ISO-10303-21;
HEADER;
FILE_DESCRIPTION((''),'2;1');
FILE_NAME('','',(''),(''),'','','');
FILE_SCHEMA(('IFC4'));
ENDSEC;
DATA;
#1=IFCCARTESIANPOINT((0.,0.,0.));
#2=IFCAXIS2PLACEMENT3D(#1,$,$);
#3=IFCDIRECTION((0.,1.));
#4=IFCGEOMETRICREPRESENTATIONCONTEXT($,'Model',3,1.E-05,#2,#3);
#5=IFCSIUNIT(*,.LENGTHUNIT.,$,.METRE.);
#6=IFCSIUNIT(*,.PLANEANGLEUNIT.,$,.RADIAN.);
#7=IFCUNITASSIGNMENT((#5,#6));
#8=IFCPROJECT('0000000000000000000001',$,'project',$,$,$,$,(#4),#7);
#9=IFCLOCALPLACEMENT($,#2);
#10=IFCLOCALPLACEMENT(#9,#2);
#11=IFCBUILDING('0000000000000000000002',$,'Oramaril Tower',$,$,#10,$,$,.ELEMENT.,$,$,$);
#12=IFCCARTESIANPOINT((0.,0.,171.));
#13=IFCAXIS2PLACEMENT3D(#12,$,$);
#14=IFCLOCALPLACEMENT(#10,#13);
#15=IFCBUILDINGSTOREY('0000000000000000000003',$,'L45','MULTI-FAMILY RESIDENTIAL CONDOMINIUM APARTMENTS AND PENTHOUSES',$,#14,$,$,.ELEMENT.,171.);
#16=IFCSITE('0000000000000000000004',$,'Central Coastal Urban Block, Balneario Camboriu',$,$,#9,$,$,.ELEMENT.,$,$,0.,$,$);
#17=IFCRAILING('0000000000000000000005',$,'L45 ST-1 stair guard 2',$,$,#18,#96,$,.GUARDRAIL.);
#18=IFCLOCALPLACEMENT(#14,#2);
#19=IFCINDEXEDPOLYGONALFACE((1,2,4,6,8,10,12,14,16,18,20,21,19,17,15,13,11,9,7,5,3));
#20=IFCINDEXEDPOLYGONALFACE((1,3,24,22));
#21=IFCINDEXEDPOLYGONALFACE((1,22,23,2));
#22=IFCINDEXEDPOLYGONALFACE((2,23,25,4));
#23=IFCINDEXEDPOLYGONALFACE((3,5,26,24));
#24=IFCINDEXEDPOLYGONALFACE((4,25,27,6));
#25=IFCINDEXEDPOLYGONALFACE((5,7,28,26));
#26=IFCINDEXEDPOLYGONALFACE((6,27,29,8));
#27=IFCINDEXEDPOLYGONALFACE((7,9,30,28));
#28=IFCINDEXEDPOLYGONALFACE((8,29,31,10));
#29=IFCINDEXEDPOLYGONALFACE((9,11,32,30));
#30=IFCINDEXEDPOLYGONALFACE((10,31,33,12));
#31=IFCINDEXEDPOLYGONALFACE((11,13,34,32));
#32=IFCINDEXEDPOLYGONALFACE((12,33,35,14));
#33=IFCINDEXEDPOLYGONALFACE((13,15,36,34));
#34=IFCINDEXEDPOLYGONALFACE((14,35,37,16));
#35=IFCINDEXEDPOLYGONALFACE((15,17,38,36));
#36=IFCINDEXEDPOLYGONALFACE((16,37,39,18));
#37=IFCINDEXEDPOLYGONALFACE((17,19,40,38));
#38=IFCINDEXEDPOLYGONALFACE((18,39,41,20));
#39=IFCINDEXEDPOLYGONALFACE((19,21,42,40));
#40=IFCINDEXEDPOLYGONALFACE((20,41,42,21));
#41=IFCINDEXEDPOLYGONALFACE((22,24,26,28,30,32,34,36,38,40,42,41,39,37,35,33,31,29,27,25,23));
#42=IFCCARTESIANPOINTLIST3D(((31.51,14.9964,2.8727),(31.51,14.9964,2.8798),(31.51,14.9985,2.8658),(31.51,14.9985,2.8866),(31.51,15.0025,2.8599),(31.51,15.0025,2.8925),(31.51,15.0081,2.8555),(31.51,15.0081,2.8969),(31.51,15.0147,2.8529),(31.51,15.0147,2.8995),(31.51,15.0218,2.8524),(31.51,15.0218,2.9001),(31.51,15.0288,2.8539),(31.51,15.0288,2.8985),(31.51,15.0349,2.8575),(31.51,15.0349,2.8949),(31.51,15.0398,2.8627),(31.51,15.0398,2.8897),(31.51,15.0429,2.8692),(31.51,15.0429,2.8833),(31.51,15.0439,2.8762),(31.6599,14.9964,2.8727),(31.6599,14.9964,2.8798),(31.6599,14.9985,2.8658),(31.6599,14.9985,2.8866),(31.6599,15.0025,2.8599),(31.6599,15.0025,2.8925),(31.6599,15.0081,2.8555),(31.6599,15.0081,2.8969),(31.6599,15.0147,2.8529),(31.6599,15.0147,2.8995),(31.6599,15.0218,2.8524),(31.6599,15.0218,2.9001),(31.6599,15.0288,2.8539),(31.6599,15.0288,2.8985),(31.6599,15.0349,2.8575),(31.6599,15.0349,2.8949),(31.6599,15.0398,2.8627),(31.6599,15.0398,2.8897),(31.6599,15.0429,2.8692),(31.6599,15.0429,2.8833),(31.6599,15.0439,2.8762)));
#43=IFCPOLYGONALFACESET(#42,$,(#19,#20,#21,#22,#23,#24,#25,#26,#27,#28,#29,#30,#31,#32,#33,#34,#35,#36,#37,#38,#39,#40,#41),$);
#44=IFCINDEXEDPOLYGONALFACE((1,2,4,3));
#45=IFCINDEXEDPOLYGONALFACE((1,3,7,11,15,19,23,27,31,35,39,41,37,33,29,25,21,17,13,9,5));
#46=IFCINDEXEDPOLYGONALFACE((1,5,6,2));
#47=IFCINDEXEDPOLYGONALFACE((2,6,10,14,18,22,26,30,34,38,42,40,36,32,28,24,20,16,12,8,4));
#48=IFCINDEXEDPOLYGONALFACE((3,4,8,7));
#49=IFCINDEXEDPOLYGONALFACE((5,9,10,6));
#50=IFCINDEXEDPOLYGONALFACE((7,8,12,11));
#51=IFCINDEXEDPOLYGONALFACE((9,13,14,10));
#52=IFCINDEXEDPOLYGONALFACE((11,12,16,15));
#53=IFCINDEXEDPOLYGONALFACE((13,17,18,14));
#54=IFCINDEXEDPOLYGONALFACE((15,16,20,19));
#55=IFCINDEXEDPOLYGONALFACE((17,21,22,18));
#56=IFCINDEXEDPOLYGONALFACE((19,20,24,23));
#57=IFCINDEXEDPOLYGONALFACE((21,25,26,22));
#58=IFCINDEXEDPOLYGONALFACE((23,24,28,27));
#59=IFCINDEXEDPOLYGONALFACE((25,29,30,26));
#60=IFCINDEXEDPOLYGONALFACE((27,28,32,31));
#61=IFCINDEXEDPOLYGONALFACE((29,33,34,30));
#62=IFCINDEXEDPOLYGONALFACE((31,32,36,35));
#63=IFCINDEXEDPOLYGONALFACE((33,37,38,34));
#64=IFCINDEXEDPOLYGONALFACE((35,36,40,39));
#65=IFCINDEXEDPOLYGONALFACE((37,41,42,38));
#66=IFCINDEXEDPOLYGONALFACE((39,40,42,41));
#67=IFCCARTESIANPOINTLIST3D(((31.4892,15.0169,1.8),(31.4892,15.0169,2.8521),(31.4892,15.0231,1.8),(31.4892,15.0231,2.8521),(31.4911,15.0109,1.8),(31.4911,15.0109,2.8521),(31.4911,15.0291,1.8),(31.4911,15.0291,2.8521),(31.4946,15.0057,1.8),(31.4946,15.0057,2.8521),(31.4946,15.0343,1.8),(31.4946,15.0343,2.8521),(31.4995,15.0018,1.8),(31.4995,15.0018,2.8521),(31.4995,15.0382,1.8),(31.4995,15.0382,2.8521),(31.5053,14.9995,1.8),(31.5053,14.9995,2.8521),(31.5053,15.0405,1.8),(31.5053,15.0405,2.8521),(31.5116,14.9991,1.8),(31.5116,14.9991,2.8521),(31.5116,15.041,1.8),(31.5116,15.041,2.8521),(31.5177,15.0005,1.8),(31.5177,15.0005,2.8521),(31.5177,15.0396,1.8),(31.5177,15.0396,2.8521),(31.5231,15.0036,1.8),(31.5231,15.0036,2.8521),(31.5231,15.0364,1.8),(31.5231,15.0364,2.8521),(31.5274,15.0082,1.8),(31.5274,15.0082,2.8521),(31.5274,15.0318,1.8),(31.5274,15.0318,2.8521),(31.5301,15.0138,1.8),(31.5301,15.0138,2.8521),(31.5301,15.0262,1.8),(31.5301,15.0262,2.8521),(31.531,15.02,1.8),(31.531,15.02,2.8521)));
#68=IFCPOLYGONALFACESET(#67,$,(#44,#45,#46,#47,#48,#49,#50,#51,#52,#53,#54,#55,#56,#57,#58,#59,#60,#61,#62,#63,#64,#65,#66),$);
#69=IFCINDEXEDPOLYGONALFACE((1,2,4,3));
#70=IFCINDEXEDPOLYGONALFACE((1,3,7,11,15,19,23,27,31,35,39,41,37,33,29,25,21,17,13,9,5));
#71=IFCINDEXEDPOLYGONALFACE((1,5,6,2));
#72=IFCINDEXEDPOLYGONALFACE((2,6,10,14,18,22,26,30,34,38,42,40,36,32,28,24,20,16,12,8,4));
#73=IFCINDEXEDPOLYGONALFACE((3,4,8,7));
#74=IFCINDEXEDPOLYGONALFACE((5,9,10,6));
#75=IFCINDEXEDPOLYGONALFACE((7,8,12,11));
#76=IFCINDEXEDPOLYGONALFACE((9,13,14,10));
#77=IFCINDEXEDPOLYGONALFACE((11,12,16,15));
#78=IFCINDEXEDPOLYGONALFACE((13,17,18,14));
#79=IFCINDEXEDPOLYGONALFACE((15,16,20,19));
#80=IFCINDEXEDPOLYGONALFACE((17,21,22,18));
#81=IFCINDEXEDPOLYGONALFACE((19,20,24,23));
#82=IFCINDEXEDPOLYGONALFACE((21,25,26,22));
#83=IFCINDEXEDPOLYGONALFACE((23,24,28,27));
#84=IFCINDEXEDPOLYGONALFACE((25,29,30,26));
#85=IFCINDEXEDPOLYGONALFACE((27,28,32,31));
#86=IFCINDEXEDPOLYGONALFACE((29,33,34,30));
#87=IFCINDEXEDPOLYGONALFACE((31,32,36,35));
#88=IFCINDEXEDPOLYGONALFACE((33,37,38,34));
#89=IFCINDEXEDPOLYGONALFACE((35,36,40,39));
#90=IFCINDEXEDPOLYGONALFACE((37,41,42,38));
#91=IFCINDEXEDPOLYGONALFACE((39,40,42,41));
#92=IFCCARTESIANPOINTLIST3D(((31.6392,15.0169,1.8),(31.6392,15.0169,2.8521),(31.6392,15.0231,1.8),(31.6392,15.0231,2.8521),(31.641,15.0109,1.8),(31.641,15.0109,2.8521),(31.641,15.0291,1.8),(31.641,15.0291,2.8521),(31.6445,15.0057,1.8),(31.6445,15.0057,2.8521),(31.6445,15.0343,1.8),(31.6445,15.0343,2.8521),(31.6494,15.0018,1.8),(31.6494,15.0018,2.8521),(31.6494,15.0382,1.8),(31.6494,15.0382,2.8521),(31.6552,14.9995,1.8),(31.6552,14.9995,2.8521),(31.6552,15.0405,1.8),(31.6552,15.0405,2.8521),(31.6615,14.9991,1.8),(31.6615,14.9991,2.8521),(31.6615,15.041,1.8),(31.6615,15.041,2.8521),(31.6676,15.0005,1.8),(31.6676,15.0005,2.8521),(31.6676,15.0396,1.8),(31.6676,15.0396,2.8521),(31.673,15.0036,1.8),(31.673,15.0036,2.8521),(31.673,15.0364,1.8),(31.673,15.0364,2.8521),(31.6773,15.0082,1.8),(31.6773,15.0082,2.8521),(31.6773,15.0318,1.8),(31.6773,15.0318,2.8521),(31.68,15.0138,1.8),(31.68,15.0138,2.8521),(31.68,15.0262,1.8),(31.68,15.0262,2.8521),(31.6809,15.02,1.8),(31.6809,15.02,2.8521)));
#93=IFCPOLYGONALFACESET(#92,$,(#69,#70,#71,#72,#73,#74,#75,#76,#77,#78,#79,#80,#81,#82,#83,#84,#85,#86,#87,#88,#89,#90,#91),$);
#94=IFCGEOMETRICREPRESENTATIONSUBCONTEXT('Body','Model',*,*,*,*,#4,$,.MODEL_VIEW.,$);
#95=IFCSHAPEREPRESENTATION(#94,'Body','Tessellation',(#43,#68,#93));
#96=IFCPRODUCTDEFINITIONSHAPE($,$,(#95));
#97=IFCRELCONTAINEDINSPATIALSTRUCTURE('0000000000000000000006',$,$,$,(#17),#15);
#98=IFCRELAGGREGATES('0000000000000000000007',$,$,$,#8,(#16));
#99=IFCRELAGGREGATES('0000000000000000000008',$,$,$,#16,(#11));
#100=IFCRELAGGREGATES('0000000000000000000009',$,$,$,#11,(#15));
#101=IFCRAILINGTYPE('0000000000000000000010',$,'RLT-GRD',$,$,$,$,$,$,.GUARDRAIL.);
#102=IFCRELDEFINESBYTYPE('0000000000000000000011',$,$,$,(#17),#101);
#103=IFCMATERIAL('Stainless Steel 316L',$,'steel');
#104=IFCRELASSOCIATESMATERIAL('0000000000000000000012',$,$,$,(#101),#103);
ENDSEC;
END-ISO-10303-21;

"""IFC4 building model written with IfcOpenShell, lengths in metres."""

from ifc_helpers import new_model, si_unit, direction, frame, origin, origin_2d, place, context, subcontext, project, spatial, circle, extrude, material, type_object, element, save


model = new_model("IFC4")

# Units and contexts
model_context = context("Model", 3, precision=1e-05, world=origin(), true_north=direction((0.0, 1.0)))
body_context = subcontext(model_context, "Body", "Model", "MODEL_VIEW")
ifc_project = project(units=[si_unit("LENGTHUNIT", "METRE"), si_unit("PLANEANGLEUNIT", "RADIAN")], contexts=[model_context])

# Site, building, storey
site_placement = place(None, origin())
site = spatial("IfcSite", under=ifc_project, at=site_placement, Name="Central Coastal Urban Block, Balneario Camboriu", CompositionType="ELEMENT", RefElevation=0.0)
building_placement = place(site_placement, origin())
building = spatial("IfcBuilding", under=site, at=building_placement, Name="Oramaril Tower", CompositionType="ELEMENT")
storey_placement = place(building_placement, frame((0.0, 0.0, 171.0)))
storey = spatial("IfcBuildingStorey", under=building, at=storey_placement, Name="L45", Description="MULTI-FAMILY RESIDENTIAL CONDOMINIUM APARTMENTS AND PENTHOUSES", CompositionType="ELEMENT", Elevation=171.0)

# Railing
ifc_material_1 = material(Name="Stainless Steel 316L", Category="steel")
railing_type_1 = type_object("IfcRailingType", Name="RLT-GRD", PredefinedType="GUARDRAIL", material=ifc_material_1)
railing_1_placement = place(storey_placement, frame((31.51, 15.02, 1.8)))
element("IfcRailing", 1, at=railing_1_placement, inside=storey, type_object=railing_type_1, Name="L45 ST-1 stair guard 2", PredefinedType="GUARDRAIL", context=body_context, shape_type="SweptSolid", body=[
    extrude(circle(Radius=0.0239, at=origin_2d()), frame((0.0, 0.0, 1.0762), z_axis=(1.0, 0.0, 0.0), x_axis=(0.0, 1.0, 0.0)), (0.0, 0.0, 1.0), 0.1499),
    extrude(circle(Radius=0.021, at=origin_2d()), origin(), (0.0, 0.0, 1.0), 1.052),
    extrude(circle(Radius=0.021, at=origin_2d()), frame((0.1499, 0.0, 0.0)), (0.0, 0.0, 1.0), 1.052),
])

save(model, "model.ifc")
